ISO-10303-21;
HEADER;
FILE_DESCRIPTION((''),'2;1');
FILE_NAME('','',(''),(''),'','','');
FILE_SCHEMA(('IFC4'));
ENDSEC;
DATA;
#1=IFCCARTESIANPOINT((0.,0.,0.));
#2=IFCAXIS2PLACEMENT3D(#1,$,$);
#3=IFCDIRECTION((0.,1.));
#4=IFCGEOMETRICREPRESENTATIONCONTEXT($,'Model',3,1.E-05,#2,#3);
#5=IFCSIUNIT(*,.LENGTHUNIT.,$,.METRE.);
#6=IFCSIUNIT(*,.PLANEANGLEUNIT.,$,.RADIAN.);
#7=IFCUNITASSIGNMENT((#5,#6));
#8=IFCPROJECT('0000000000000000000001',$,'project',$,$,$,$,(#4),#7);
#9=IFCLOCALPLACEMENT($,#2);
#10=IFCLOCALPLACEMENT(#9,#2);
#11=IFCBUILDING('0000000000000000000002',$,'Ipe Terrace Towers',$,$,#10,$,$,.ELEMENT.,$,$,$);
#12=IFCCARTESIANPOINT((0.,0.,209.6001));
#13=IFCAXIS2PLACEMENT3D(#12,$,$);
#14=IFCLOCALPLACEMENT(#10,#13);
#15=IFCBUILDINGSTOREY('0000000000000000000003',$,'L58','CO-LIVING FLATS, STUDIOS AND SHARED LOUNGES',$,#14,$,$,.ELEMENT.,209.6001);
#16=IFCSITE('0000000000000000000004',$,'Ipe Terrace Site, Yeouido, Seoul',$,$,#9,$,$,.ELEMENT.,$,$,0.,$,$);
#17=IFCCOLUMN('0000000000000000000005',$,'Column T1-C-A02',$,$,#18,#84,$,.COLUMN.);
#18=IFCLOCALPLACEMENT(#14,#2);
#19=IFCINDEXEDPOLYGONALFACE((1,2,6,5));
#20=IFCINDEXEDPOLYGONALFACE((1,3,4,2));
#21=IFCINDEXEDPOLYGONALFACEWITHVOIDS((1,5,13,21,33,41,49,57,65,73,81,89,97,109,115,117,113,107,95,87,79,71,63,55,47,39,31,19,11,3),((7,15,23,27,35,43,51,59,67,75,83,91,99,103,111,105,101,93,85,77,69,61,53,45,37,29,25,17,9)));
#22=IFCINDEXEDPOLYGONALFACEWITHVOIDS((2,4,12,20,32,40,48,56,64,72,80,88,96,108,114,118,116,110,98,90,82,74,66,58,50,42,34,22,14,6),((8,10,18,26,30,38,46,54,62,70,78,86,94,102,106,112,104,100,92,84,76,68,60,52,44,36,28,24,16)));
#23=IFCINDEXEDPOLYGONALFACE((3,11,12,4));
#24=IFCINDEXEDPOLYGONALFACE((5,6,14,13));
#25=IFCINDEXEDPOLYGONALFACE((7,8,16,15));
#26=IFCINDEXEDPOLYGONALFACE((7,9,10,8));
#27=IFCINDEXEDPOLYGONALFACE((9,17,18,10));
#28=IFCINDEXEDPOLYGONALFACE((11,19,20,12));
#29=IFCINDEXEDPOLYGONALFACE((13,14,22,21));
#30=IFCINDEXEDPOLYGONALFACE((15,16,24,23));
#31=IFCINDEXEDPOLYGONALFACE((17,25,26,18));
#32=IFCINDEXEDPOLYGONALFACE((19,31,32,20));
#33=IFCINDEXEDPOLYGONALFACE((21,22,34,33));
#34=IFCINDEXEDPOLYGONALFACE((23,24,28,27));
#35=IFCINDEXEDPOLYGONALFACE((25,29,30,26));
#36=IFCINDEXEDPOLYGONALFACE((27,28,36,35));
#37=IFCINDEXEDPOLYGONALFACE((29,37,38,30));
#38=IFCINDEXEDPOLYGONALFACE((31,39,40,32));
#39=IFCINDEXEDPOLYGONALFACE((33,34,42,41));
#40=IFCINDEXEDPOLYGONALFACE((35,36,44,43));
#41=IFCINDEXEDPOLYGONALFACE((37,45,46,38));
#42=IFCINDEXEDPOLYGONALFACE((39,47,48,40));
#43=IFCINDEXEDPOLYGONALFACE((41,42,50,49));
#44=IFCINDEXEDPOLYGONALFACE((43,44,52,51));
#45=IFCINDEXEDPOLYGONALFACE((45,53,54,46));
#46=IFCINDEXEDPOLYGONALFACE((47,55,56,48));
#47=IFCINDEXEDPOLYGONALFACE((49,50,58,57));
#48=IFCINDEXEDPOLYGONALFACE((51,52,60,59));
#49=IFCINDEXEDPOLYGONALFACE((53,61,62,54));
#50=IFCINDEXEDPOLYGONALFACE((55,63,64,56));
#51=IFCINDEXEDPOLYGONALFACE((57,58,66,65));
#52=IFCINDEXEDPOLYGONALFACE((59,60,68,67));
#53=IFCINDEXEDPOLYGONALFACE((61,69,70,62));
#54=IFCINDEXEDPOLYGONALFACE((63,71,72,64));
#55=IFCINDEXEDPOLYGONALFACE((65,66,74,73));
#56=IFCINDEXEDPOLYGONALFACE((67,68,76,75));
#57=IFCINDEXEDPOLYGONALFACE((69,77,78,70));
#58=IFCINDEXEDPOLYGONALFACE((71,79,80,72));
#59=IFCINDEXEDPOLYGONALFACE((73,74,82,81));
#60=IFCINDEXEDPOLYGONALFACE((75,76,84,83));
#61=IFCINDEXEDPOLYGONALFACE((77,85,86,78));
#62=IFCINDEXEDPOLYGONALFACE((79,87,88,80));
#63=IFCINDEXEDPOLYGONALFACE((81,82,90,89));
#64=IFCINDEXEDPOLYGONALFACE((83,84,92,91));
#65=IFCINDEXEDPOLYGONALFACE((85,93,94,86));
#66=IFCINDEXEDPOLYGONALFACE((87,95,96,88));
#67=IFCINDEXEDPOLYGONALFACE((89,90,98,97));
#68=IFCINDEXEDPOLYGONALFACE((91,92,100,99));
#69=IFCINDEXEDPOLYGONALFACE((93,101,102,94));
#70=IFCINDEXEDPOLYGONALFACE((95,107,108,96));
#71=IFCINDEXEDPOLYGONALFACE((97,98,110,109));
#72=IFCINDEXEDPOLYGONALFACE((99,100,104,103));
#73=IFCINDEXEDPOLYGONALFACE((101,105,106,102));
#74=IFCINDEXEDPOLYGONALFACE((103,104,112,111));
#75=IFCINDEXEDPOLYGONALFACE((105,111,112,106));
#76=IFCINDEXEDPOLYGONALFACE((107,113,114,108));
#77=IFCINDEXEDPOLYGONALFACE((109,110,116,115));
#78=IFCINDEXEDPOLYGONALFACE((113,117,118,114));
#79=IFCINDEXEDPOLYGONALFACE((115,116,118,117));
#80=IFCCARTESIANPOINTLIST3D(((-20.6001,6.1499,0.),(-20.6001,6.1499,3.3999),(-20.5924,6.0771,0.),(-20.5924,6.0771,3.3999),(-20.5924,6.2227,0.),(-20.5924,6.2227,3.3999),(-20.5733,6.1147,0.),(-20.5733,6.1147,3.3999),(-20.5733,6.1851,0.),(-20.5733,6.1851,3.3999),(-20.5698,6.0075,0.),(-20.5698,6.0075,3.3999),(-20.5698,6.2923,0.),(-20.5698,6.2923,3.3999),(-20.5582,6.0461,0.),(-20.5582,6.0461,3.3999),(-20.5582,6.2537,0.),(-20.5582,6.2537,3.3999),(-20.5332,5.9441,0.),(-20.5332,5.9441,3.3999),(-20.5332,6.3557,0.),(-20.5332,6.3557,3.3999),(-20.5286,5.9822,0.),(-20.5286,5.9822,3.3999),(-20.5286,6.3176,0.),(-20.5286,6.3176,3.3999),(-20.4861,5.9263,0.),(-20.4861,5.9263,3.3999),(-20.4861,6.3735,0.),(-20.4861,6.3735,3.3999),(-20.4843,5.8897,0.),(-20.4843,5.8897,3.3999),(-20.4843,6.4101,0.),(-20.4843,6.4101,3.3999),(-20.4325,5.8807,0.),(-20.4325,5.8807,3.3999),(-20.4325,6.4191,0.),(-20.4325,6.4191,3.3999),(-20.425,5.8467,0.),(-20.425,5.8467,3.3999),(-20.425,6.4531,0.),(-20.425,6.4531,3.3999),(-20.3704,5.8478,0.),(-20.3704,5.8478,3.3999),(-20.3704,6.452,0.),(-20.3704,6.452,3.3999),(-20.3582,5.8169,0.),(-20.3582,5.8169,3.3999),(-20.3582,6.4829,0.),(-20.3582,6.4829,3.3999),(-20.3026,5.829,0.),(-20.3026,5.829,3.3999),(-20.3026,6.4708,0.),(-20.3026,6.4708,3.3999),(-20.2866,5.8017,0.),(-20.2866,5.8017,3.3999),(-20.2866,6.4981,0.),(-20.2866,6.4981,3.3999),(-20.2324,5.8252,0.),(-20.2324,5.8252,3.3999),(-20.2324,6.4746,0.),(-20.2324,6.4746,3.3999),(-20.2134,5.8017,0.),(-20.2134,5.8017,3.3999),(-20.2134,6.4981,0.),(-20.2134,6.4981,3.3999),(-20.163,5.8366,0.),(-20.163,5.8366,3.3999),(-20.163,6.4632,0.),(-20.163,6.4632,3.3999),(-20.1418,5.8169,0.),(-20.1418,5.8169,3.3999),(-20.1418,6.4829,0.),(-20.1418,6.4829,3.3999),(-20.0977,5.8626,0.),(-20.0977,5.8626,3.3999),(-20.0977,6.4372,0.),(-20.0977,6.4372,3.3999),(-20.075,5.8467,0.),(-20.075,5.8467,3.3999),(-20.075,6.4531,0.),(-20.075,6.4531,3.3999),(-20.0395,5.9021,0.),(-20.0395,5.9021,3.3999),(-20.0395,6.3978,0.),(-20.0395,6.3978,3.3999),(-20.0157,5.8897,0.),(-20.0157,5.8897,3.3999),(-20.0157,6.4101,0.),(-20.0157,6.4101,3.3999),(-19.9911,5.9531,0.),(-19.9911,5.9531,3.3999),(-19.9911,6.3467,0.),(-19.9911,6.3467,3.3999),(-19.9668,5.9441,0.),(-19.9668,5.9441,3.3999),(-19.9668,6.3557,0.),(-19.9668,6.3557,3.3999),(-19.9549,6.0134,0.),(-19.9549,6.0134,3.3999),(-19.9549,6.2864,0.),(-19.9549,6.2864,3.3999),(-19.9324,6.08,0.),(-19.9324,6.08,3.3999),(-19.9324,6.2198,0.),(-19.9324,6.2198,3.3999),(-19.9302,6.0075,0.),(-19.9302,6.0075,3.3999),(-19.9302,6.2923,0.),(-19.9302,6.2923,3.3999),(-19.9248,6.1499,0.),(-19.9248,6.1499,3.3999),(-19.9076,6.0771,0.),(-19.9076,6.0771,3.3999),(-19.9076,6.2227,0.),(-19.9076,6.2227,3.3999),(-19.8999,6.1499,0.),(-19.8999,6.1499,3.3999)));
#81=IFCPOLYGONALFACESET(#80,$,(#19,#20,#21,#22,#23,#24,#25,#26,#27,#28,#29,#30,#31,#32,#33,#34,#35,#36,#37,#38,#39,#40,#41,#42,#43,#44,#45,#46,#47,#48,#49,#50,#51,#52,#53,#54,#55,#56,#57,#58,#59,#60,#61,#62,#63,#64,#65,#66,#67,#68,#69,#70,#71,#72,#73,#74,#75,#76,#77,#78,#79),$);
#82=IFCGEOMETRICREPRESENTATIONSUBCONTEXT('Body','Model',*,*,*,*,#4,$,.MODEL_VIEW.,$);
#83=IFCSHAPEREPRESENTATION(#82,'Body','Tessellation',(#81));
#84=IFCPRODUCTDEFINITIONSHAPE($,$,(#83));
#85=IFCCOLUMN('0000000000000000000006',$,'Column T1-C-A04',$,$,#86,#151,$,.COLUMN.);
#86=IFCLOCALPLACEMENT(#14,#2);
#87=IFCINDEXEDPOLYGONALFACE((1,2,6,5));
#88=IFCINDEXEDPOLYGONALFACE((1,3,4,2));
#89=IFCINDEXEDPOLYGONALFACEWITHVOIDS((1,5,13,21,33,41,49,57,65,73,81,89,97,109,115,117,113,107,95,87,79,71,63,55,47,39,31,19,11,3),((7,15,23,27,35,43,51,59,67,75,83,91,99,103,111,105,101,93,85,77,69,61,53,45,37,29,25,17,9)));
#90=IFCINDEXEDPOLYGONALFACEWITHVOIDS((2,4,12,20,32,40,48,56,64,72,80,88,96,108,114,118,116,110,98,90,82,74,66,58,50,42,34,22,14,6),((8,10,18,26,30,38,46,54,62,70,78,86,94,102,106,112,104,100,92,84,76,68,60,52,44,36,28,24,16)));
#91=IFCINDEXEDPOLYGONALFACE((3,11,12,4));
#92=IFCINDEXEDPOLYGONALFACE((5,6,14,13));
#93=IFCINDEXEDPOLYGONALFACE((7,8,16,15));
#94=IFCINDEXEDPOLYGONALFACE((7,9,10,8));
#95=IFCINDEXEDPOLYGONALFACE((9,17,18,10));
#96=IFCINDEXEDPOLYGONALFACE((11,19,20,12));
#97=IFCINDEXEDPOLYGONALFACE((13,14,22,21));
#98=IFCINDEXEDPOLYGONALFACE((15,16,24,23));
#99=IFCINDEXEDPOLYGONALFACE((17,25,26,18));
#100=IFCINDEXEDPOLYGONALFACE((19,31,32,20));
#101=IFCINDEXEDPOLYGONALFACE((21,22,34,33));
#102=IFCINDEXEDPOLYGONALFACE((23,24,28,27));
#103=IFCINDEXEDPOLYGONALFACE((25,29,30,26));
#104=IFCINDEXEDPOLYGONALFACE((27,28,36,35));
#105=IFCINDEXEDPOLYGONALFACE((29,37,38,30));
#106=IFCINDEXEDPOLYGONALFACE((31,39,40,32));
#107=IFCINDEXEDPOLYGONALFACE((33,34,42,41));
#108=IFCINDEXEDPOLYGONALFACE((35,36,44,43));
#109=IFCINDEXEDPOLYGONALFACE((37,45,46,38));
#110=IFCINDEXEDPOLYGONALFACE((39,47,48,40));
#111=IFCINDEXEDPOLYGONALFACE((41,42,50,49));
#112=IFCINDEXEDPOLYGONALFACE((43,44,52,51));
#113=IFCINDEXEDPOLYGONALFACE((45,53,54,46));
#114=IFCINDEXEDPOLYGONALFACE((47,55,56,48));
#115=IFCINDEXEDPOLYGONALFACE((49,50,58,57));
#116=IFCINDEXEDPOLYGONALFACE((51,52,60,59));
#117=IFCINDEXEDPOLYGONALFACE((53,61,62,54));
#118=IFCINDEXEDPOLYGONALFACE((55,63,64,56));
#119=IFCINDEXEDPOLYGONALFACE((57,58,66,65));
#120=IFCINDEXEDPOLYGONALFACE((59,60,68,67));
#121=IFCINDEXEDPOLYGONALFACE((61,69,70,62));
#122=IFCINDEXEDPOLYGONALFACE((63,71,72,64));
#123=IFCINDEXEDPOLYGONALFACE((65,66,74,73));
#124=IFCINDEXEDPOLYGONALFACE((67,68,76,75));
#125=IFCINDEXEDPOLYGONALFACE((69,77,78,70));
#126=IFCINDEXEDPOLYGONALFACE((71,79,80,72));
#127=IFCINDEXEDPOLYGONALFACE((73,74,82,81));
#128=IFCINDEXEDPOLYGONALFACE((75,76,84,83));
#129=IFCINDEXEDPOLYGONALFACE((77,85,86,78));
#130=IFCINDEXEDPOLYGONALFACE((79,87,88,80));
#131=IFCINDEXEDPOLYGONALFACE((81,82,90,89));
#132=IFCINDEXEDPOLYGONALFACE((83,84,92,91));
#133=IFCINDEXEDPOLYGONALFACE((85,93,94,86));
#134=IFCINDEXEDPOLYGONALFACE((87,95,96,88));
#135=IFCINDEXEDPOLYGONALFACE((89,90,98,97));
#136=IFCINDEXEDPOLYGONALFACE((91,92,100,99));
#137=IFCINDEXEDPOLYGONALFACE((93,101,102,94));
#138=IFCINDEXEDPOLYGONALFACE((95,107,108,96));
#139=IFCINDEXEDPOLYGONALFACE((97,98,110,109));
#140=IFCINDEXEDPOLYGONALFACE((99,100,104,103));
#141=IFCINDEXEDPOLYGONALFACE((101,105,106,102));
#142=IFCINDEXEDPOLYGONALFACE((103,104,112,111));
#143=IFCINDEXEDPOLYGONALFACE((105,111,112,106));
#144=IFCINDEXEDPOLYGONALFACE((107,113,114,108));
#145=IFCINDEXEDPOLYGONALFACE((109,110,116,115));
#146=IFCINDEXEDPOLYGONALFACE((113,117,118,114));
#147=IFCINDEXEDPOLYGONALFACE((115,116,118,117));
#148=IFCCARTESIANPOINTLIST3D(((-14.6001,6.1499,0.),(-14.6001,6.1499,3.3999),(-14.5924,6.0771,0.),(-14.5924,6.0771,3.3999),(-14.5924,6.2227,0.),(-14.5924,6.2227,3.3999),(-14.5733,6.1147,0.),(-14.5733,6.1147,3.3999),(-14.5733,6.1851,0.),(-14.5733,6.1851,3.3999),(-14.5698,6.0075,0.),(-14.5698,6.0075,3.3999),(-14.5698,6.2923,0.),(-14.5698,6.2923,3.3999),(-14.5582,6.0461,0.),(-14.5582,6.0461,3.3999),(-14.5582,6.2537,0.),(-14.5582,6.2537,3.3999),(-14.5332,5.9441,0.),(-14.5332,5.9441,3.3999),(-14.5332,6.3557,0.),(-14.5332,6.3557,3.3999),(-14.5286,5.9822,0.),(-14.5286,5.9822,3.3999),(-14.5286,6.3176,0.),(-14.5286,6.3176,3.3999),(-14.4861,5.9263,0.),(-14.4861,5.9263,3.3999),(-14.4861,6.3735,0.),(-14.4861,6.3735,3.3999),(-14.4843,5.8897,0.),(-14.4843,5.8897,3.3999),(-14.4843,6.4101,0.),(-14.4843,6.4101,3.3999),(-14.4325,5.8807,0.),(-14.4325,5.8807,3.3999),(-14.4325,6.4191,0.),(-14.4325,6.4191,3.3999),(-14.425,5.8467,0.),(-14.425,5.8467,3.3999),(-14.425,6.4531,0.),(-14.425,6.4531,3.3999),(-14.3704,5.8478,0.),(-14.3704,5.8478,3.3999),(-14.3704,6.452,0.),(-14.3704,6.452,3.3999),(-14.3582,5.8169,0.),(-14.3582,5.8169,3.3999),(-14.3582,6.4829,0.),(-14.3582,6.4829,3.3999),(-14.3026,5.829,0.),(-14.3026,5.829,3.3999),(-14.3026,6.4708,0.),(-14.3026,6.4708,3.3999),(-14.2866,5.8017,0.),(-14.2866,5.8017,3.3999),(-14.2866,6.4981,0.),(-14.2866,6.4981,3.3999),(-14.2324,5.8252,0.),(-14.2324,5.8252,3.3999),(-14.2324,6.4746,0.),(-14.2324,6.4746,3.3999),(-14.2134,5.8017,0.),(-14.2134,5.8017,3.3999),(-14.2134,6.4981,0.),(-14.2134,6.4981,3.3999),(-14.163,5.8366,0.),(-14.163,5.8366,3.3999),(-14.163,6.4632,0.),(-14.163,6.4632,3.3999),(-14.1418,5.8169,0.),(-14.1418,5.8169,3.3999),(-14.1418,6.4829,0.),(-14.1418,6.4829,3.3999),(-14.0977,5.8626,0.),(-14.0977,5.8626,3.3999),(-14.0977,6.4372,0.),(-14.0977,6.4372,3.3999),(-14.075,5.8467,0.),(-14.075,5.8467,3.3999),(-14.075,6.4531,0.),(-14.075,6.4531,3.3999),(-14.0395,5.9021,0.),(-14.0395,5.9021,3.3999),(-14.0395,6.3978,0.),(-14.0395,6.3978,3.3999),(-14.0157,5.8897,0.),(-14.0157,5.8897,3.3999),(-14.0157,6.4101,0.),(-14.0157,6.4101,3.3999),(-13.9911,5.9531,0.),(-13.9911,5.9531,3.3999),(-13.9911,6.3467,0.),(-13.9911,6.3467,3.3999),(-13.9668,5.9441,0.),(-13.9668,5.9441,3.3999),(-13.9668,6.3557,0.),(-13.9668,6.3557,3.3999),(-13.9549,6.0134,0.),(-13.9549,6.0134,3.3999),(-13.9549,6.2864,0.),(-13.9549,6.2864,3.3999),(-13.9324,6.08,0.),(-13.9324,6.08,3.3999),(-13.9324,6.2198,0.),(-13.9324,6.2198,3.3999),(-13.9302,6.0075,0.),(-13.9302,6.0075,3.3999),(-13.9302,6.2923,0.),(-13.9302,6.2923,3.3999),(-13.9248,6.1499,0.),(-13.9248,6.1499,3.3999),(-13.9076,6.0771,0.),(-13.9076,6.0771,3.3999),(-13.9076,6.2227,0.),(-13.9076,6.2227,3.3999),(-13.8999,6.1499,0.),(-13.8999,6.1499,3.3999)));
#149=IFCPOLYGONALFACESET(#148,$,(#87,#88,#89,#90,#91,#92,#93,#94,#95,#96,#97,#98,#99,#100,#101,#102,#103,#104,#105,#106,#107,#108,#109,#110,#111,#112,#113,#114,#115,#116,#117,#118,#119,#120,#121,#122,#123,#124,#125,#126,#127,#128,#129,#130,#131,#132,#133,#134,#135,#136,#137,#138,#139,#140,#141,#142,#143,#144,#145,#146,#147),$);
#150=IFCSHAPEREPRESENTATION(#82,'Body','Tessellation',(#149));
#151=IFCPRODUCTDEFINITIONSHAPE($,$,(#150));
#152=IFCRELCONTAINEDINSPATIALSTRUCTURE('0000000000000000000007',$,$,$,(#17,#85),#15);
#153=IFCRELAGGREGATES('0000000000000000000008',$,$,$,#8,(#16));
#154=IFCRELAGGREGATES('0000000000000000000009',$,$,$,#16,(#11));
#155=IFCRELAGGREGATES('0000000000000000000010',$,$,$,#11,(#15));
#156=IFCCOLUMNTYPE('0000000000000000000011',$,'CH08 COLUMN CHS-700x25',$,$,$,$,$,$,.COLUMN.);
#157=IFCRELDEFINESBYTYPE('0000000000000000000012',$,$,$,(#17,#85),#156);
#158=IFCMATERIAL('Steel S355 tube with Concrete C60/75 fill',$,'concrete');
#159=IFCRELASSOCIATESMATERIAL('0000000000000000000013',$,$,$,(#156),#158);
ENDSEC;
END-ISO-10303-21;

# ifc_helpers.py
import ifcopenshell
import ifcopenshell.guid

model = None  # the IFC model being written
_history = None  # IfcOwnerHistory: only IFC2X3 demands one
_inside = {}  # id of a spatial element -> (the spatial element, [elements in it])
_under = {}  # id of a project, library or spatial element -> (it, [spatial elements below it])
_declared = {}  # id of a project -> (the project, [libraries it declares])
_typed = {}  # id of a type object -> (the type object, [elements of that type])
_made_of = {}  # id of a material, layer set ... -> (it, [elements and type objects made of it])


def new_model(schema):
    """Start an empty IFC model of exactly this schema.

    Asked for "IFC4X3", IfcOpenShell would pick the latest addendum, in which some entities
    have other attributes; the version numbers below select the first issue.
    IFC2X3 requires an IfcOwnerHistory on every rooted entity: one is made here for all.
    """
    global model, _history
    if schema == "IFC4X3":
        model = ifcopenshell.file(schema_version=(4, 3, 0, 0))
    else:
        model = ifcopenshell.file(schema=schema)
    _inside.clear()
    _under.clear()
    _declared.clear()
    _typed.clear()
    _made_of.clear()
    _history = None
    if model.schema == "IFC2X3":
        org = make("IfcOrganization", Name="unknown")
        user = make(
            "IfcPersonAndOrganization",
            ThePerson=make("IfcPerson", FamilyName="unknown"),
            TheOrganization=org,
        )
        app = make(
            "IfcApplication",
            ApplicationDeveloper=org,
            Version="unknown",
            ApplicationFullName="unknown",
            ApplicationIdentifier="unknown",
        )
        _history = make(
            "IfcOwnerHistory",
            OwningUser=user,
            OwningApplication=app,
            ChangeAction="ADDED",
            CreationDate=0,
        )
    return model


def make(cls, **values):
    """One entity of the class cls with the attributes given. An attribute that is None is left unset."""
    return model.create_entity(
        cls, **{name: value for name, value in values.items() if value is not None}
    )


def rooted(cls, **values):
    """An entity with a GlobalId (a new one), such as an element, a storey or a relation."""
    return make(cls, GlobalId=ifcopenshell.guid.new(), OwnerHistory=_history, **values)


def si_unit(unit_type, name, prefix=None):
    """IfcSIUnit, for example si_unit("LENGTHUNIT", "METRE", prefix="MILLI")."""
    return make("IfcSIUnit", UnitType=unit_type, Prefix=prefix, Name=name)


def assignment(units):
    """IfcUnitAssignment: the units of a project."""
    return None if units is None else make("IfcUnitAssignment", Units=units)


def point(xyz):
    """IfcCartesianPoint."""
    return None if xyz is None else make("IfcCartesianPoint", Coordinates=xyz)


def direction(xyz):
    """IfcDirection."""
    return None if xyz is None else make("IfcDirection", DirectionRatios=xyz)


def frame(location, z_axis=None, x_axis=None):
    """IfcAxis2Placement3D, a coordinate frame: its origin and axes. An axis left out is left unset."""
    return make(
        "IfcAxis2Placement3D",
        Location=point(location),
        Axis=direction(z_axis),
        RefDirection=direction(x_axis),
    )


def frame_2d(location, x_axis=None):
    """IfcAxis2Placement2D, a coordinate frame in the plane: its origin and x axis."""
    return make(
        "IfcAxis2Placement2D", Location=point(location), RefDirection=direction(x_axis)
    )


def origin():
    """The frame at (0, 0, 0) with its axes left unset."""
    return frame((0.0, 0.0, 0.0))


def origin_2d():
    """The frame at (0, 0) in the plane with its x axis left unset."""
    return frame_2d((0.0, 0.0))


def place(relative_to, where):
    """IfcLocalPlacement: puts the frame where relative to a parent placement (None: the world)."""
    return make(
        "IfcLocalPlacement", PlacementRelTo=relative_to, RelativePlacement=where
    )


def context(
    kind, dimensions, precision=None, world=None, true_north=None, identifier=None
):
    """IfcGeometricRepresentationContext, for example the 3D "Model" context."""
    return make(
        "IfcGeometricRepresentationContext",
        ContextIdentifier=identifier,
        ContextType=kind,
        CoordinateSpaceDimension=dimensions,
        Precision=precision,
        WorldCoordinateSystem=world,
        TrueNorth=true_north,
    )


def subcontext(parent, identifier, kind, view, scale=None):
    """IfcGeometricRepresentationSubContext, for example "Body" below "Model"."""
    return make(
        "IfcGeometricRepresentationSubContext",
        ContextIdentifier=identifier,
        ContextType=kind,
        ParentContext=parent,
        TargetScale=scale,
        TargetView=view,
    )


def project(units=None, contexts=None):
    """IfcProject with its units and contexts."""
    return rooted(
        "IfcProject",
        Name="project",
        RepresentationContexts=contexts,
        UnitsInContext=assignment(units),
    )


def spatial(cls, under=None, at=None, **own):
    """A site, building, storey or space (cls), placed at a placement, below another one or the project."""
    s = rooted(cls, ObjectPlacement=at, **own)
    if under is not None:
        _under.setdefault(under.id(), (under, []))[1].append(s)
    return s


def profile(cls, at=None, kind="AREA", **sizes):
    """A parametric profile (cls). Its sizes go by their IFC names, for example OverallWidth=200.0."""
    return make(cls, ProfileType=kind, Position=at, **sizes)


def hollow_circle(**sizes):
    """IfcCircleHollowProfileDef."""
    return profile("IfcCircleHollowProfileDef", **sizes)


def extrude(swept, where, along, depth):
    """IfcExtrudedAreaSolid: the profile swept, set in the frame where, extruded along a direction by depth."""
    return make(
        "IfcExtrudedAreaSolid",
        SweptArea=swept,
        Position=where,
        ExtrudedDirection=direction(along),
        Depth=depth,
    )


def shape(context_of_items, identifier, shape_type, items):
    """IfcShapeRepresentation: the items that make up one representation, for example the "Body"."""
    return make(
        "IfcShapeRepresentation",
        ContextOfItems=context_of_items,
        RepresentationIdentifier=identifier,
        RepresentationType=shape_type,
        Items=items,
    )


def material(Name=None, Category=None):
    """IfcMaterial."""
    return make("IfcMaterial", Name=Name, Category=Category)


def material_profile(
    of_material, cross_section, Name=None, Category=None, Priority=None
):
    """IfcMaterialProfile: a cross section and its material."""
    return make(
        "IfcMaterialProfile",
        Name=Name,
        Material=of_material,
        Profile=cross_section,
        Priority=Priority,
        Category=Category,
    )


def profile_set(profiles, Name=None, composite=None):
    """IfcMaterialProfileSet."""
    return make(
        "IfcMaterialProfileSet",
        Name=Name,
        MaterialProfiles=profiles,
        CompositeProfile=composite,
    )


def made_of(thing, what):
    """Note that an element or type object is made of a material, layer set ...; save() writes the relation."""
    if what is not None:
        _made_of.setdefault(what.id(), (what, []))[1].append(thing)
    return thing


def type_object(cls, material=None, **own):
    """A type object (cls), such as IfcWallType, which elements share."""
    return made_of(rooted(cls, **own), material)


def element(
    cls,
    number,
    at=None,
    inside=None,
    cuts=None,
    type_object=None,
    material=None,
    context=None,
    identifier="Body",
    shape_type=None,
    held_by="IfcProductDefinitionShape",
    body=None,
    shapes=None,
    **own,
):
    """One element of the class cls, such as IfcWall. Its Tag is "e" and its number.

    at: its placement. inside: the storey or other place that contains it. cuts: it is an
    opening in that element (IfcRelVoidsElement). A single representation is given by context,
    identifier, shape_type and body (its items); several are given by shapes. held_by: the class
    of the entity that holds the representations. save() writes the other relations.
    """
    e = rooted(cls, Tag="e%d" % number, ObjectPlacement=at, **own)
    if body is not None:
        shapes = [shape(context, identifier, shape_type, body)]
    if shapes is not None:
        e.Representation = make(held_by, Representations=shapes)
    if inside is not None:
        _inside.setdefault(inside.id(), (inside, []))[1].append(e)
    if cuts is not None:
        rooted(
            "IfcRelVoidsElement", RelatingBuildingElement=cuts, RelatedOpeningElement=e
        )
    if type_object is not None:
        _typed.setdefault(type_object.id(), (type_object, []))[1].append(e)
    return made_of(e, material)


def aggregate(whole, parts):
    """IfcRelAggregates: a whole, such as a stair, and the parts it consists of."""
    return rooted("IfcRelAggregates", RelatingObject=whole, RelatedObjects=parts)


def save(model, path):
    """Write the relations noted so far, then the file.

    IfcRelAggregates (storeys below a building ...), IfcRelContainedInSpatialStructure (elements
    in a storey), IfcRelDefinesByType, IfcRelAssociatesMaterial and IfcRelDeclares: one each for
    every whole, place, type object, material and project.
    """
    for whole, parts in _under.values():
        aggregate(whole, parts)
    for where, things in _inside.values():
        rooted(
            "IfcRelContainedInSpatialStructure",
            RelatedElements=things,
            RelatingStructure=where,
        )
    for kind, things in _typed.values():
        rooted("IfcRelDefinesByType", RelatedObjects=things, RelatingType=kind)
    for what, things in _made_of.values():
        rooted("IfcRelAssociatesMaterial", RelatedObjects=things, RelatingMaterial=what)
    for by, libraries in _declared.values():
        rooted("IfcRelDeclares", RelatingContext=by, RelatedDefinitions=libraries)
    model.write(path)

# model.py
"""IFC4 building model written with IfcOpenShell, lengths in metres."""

from ifc_helpers import new_model, si_unit, direction, frame, origin, origin_2d, place, context, subcontext, project, spatial, hollow_circle, extrude, material, material_profile, profile_set, type_object, element, save


model = new_model("IFC4")

# Units and contexts
model_context = context("Model", 3, precision=1e-05, world=origin(), true_north=direction((0.0, 1.0)))
body_context = subcontext(model_context, "Body", "Model", "MODEL_VIEW")
ifc_project = project(units=[si_unit("LENGTHUNIT", "METRE"), si_unit("PLANEANGLEUNIT", "RADIAN")], contexts=[model_context])

# Site, building, storey
site_placement = place(None, origin())
site = spatial("IfcSite", under=ifc_project, at=site_placement, Name="Ipe Terrace Site, Yeouido, Seoul", CompositionType="ELEMENT", RefElevation=0.0)
building_placement = place(site_placement, origin())
building = spatial("IfcBuilding", under=site, at=building_placement, Name="Ipe Terrace Towers", CompositionType="ELEMENT")
storey_placement = place(building_placement, frame((0.0, 0.0, 209.6001)))
storey = spatial("IfcBuildingStorey", under=building, at=storey_placement, Name="L58", Description="CO-LIVING FLATS, STUDIOS AND SHARED LOUNGES", CompositionType="ELEMENT", Elevation=209.6001)

# Columns
ifc_material_1 = material(Name="Steel S355 tube with Concrete C60/75 fill", Category="concrete")
ifc_material_profile_1 = material_profile(ifc_material_1, hollow_circle(Radius=0.3501, WallThickness=0.0249, at=origin_2d()), Name="CHS-700x25")
ifc_profile_set_1 = profile_set([ifc_material_profile_1], Name="Steel S355 tube with Concrete C60/75 fill")
column_type = type_object("IfcColumnType", Name="CH08 COLUMN CHS-700x25", PredefinedType="COLUMN", material=ifc_profile_set_1)
for number, where, z_axis, x_axis, name in (
    (1, (-20.25, 6.1499, 0.0), (0.0, 0.0, 1.0), (1.0, 0.0, 0.0), "Column T1-C-A02"),
    (2, (-14.25, 6.1499, 0.0), (0.0, 0.0, 1.0), (1.0, 0.0, 0.0), "Column T1-C-A04"),
):
    element("IfcColumn", number, at=place(storey_placement, frame(where, z_axis=z_axis, x_axis=x_axis)), inside=storey, type_object=column_type, Name=name, PredefinedType="COLUMN", context=body_context, shape_type="SweptSolid", body=[
        extrude(hollow_circle(Radius=0.3501, WallThickness=0.0249, at=origin_2d()), origin(), (0.0, 0.0, 1.0), 3.3999),
    ])

save(model, "model.ifc")
